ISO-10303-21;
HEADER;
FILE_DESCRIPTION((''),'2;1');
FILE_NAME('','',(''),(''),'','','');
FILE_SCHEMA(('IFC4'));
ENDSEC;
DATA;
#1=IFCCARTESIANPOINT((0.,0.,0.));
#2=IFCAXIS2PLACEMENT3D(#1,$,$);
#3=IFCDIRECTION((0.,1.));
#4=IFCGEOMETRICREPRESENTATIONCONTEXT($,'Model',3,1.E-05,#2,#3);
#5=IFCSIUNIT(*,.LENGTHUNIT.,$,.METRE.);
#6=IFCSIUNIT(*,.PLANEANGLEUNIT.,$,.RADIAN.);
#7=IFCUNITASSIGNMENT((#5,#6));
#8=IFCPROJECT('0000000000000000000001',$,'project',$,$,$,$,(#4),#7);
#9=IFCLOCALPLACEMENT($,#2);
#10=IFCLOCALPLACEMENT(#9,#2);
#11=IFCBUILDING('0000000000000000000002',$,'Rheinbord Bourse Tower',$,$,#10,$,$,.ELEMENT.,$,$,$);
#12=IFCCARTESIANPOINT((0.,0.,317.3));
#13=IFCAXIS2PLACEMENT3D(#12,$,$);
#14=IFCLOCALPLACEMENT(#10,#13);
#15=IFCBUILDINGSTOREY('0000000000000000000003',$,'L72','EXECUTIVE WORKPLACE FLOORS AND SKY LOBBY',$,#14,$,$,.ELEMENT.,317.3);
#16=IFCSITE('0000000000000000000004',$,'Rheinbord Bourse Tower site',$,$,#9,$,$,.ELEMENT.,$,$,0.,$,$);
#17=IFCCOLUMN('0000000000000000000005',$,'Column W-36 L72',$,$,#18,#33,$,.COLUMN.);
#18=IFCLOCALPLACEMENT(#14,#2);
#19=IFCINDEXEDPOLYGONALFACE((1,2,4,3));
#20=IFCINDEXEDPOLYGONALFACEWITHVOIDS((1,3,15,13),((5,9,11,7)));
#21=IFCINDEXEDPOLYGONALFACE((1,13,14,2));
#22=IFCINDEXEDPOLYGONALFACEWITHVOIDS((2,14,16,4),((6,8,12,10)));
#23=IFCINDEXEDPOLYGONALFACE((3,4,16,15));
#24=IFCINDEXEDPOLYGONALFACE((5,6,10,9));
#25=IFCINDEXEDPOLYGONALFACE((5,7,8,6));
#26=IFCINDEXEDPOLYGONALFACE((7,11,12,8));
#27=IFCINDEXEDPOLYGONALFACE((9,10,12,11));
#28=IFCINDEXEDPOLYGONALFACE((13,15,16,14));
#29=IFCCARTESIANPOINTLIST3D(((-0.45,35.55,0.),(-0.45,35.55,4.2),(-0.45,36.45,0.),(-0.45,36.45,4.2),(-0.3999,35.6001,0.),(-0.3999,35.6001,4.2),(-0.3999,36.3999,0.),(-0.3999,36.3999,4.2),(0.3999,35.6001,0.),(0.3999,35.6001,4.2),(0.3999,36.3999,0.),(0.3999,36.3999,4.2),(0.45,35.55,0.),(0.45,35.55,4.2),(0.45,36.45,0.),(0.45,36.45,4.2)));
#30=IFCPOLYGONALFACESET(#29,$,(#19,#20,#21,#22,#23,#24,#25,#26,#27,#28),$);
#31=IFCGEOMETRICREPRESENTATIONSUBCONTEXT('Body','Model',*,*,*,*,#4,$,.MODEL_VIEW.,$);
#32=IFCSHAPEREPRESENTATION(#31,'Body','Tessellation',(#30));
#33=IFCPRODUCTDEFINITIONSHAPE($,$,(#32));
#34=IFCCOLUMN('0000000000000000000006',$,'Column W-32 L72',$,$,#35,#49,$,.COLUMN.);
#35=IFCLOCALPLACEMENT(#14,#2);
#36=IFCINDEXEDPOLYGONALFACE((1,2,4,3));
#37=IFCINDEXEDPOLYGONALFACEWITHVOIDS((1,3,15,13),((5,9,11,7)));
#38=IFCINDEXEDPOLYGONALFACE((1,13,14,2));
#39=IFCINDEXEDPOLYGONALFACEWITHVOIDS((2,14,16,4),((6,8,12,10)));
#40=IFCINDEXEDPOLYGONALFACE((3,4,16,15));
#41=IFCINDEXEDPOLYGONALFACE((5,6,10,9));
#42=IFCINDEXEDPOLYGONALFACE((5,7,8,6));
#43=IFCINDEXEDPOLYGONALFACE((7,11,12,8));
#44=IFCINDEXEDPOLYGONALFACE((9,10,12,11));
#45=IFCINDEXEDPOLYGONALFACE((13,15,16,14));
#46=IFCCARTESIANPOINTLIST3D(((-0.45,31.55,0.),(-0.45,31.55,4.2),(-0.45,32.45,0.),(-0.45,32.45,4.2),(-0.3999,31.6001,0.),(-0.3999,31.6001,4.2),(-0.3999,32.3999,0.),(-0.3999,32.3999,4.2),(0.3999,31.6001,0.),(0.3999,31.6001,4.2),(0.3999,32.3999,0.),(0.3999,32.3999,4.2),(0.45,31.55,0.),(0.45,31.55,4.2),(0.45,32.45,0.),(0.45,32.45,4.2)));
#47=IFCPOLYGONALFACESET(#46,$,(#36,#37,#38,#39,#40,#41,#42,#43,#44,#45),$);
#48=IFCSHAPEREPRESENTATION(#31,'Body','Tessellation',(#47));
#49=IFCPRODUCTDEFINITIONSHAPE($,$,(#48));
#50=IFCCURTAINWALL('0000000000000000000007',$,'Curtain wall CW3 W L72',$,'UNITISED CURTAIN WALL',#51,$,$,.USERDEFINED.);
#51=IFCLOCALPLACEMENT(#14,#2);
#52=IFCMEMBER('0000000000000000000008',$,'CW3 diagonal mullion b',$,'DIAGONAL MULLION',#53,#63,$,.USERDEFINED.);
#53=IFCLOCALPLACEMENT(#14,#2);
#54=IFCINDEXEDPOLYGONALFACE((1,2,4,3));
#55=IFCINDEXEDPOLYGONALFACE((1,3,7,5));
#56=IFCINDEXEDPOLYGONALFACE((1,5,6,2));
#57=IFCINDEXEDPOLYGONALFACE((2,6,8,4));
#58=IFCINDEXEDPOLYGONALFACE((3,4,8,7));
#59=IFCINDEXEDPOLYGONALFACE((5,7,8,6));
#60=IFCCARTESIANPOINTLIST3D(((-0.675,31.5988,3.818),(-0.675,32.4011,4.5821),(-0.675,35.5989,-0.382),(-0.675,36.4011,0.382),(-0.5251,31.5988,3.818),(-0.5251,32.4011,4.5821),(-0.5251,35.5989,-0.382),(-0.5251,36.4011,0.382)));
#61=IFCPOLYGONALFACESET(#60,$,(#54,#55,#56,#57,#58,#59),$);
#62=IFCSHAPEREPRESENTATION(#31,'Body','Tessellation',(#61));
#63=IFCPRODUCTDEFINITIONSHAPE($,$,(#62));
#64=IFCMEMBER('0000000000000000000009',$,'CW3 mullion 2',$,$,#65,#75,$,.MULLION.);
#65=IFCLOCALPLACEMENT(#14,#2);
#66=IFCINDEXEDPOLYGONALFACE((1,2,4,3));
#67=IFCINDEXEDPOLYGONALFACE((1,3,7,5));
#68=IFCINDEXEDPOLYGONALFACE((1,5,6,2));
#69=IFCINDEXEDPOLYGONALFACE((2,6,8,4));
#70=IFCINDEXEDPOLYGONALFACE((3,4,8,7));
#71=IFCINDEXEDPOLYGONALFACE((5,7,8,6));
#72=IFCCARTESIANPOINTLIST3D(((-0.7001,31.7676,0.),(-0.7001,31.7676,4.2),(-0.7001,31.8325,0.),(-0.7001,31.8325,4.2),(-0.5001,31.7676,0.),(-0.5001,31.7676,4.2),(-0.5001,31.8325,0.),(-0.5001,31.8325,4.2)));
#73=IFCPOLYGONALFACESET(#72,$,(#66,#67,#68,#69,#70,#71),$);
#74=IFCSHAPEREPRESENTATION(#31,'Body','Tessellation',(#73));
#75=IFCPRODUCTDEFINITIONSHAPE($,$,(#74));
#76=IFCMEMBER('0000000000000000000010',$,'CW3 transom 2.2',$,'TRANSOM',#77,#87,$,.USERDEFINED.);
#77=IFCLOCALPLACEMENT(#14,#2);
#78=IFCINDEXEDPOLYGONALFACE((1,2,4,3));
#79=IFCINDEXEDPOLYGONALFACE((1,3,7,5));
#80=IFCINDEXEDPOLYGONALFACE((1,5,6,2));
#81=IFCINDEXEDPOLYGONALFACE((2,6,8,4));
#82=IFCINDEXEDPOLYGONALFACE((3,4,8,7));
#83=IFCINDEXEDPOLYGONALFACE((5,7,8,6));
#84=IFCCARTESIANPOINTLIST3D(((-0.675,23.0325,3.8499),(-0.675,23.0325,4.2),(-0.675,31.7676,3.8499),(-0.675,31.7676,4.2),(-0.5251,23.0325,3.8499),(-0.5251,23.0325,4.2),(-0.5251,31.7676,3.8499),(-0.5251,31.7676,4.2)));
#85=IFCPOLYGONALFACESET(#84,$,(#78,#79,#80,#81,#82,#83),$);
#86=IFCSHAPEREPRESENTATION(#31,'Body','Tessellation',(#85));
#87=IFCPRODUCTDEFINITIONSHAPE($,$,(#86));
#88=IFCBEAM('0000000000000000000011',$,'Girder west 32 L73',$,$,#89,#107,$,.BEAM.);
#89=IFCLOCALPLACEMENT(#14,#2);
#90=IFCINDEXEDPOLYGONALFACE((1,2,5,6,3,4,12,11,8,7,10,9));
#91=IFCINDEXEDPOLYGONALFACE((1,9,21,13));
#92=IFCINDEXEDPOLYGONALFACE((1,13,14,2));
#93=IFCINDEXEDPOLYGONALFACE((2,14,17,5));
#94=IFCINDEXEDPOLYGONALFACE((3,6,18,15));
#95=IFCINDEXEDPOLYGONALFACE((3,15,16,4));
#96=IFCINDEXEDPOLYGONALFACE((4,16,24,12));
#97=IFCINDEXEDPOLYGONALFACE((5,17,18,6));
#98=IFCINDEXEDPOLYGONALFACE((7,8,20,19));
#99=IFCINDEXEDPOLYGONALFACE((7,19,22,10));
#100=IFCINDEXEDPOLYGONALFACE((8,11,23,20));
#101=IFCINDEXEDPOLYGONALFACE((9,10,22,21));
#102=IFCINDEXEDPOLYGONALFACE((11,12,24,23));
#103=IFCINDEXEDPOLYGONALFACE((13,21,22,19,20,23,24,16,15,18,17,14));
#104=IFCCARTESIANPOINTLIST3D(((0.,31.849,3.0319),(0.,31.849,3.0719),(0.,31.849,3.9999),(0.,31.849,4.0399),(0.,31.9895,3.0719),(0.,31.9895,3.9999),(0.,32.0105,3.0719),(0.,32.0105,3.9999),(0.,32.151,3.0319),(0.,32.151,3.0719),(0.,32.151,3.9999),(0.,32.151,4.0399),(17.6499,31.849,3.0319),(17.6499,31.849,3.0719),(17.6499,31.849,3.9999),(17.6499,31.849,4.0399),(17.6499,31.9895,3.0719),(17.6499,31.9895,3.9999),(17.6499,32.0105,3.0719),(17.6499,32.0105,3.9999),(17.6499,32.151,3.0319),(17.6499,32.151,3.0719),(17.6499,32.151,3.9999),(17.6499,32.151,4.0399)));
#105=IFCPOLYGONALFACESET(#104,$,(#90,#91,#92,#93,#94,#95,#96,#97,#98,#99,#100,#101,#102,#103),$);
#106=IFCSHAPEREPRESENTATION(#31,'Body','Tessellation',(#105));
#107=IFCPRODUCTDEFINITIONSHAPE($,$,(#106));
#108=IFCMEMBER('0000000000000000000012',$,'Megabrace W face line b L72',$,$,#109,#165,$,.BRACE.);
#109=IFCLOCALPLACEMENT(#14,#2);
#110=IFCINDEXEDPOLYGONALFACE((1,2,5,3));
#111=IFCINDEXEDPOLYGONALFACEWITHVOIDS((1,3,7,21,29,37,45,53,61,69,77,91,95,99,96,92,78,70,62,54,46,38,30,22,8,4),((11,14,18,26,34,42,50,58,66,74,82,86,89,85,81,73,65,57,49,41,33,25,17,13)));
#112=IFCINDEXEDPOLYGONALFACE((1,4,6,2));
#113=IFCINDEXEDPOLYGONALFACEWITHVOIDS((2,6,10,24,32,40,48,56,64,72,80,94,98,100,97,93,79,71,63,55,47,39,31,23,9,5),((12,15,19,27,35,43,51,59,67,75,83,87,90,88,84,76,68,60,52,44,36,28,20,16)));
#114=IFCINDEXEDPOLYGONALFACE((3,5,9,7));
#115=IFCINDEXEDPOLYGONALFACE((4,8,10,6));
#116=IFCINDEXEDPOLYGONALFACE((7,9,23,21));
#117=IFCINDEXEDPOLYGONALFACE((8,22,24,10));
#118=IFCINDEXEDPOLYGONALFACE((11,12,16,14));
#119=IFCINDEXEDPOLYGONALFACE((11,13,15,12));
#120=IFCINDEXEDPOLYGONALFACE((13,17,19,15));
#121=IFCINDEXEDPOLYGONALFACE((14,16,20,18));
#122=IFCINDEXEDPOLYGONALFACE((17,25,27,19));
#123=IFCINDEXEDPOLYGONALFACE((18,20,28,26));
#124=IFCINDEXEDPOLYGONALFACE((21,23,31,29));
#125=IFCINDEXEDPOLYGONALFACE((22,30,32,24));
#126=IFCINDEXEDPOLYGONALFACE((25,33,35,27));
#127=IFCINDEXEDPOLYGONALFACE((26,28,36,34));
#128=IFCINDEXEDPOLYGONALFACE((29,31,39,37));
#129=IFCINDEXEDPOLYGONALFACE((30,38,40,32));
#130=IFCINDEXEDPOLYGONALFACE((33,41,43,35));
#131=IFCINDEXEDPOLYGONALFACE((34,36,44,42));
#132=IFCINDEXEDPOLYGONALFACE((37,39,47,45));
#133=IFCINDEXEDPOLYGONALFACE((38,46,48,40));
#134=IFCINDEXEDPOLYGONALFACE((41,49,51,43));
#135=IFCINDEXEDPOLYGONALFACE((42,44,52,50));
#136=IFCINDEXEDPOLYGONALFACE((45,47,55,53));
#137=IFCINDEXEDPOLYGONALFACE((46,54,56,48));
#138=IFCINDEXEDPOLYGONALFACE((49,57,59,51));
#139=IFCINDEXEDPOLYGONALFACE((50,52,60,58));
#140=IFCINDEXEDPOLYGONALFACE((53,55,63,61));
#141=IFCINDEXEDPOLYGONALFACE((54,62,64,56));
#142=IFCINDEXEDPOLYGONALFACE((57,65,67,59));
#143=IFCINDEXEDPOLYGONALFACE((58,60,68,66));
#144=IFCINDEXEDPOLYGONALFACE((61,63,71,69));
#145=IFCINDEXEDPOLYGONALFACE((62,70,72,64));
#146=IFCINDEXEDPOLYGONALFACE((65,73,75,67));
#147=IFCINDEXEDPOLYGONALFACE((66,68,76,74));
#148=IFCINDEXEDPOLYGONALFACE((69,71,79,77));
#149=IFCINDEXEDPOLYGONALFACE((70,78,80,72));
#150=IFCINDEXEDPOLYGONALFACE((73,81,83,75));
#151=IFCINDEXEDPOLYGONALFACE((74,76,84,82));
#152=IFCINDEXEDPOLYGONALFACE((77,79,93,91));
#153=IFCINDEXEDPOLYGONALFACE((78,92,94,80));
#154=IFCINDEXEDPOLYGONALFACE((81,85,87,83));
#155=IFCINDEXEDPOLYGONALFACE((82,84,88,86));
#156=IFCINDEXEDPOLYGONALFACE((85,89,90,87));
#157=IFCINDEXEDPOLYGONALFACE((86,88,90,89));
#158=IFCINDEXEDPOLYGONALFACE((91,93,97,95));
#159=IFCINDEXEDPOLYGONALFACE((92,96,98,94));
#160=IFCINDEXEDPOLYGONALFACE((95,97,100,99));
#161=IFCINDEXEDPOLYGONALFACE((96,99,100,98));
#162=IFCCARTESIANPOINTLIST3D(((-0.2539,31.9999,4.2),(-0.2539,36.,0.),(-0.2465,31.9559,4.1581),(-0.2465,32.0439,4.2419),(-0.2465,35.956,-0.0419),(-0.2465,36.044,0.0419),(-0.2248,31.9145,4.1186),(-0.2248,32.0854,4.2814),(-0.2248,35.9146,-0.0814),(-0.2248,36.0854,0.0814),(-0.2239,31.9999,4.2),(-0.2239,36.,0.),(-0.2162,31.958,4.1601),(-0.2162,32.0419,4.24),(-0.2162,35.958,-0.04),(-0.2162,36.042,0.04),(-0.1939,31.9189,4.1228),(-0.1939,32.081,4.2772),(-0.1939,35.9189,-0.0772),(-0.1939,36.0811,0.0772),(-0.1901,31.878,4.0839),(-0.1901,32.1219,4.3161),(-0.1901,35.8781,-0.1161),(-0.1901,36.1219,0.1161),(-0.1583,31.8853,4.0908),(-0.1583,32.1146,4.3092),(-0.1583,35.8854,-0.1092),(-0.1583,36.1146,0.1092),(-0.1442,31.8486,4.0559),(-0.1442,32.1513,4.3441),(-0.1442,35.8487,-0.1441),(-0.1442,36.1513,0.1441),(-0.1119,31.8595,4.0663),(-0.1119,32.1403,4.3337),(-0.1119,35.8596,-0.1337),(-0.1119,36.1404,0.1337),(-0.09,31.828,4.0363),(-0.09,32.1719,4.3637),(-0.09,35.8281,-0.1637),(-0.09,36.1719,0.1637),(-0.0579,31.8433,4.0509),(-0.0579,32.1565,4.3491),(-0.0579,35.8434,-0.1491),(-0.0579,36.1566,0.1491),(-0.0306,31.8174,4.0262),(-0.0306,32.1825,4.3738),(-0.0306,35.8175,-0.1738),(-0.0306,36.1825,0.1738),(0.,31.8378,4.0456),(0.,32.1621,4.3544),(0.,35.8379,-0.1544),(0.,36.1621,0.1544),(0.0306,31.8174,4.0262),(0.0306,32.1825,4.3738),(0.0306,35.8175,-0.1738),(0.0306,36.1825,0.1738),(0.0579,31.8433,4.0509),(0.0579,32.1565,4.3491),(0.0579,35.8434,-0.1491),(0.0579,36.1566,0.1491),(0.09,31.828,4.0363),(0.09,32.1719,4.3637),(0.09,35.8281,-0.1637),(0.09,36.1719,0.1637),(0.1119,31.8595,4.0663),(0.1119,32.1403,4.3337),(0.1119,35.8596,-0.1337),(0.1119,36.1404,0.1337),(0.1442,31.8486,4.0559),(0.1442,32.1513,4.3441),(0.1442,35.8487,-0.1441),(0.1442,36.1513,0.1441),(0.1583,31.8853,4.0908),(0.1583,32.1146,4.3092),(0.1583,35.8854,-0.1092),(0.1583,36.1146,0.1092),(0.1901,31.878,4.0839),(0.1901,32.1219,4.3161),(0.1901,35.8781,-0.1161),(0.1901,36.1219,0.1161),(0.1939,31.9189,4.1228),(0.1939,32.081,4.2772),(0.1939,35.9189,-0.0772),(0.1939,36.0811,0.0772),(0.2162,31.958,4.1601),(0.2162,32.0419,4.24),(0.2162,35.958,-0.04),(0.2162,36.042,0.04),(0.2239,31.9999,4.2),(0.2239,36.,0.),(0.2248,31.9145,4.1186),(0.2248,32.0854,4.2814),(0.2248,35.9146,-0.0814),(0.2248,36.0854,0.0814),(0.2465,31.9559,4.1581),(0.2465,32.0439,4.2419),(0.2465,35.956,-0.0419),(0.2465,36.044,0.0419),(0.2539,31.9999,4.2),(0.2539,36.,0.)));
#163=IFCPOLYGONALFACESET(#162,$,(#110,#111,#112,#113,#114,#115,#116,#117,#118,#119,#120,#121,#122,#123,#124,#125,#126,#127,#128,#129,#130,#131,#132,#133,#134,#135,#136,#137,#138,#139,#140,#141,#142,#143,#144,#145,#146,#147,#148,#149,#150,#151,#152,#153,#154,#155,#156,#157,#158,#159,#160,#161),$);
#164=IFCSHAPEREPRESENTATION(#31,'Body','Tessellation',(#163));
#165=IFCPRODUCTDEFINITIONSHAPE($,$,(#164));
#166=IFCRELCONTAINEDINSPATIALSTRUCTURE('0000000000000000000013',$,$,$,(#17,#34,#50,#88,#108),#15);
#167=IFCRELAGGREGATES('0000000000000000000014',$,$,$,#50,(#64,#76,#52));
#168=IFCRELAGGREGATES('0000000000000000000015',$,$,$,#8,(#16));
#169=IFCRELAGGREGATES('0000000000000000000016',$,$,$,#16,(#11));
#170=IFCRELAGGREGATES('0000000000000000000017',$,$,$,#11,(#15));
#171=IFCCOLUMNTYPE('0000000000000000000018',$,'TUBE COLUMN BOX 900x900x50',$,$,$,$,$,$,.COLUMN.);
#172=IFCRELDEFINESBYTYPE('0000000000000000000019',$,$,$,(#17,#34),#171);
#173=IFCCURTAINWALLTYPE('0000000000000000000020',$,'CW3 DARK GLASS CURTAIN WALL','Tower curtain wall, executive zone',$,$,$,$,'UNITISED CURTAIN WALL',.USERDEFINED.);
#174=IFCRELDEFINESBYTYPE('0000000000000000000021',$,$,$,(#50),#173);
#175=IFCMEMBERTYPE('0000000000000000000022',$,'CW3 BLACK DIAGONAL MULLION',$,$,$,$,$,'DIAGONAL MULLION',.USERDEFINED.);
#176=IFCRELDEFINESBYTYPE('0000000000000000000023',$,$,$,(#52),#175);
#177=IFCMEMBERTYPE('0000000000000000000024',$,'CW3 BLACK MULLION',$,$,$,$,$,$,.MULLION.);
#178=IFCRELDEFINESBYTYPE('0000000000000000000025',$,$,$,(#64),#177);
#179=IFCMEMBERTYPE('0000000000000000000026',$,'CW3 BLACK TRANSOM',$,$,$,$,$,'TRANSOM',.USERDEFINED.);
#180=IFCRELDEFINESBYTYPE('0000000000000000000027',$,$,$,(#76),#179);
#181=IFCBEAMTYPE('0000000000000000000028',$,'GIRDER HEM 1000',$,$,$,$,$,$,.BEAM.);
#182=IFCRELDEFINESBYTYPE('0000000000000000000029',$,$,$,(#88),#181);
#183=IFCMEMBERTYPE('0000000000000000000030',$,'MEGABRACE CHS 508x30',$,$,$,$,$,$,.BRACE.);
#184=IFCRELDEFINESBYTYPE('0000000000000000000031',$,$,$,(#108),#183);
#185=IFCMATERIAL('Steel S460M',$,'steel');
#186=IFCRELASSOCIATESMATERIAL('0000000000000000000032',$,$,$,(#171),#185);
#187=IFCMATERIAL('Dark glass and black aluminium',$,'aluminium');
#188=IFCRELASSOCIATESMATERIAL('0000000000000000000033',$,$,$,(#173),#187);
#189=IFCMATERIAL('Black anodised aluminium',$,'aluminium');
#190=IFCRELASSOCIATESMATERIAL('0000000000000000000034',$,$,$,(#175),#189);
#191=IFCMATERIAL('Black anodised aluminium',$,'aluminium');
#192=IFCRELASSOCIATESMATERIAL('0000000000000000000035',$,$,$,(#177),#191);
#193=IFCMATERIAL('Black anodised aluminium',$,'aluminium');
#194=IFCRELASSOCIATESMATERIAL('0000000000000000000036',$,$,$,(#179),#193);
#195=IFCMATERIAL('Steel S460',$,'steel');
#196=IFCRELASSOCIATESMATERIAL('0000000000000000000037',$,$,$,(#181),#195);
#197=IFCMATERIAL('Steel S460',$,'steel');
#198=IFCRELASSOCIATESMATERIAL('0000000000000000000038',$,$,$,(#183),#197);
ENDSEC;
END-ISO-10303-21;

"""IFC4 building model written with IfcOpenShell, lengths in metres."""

from ifc_helpers import new_model, si_unit, direction, frame, origin, origin_2d, place, context, subcontext, project, spatial, rectangle, hollow_rectangle, hollow_circle, i_section, extrude, material, material_profile, profile_set, type_object, element, aggregate, save


model = new_model("IFC4")

# Units and contexts
model_context = context("Model", 3, precision=1e-05, world=origin(), true_north=direction((0.0, 1.0)))
body_context = subcontext(model_context, "Body", "Model", "MODEL_VIEW")
ifc_project = project(units=[si_unit("LENGTHUNIT", "METRE"), si_unit("PLANEANGLEUNIT", "RADIAN")], contexts=[model_context])

# Site, building, storey
site_placement = place(None, origin())
site = spatial("IfcSite", under=ifc_project, at=site_placement, Name="Rheinbord Bourse Tower site", CompositionType="ELEMENT", RefElevation=0.0)
building_placement = place(site_placement, origin())
building = spatial("IfcBuilding", under=site, at=building_placement, Name="Rheinbord Bourse Tower", CompositionType="ELEMENT")
storey_placement = place(building_placement, frame((0.0, 0.0, 317.3)))
storey = spatial("IfcBuildingStorey", under=building, at=storey_placement, Name="L72", Description="EXECUTIVE WORKPLACE FLOORS AND SKY LOBBY", CompositionType="ELEMENT", Elevation=317.3)

# Columns
ifc_material_1 = material(Name="Steel S460M", Category="steel")
ifc_material_profile_1 = material_profile(ifc_material_1, hollow_rectangle(XDim=0.8999, YDim=0.8999, WallThickness=0.05, at=origin_2d()), Name="BOX 900x900x50")
ifc_profile_set_1 = profile_set([ifc_material_profile_1], Name="Steel S460M")
column_type = type_object("IfcColumnType", Name="TUBE COLUMN BOX 900x900x50", PredefinedType="COLUMN", material=ifc_profile_set_1)
for number, where, z_axis, x_axis, name in (
    (1, (0.0, 36.0, 0.0), (0.0, 0.0, 1.0), (1.0, 0.0, 0.0), "Column W-36 L72"),
    (2, (0.0, 32.0, 0.0), (0.0, 0.0, 1.0), (1.0, 0.0, 0.0), "Column W-32 L72"),
):
    element("IfcColumn", number, at=place(storey_placement, frame(where, z_axis=z_axis, x_axis=x_axis)), inside=storey, type_object=column_type, Name=name, PredefinedType="COLUMN", context=body_context, shape_type="SweptSolid", body=[
        extrude(hollow_rectangle(XDim=0.8999, YDim=0.8999, WallThickness=0.05, at=origin_2d()), origin(), (0.0, 0.0, 1.0), 4.2),
    ])

# Curtain wall, members
ifc_material_2 = material(Name="Dark glass and black aluminium", Category="aluminium")
curtain_wall_type = type_object("IfcCurtainWallType", Name="CW3 DARK GLASS CURTAIN WALL", Description="Tower curtain wall, executive zone", ElementType="UNITISED CURTAIN WALL", PredefinedType="USERDEFINED", material=ifc_material_2)
curtain_wall_placement = place(storey_placement, origin())
curtain_wall = element("IfcCurtainWall", 3, at=curtain_wall_placement, inside=storey, type_object=curtain_wall_type, Name="Curtain wall CW3 W L72", ObjectType="UNITISED CURTAIN WALL", PredefinedType="USERDEFINED")
ifc_material_3 = material(Name="Black anodised aluminium", Category="aluminium")
ifc_material_profile_2 = material_profile(ifc_material_3, rectangle(XDim=0.1499, YDim=1.1079, at=origin_2d()), Name="CW3 DIAGONAL MULLION 1108x150")
ifc_profile_set_2 = profile_set([ifc_material_profile_2], Name="Black anodised aluminium")
member_type_1 = type_object("IfcMemberType", Name="CW3 BLACK DIAGONAL MULLION", ElementType="DIAGONAL MULLION", PredefinedType="USERDEFINED", material=ifc_profile_set_2)
member_1_placement = place(storey_placement, frame((-0.6001, 36.0, 0.0), z_axis=(0.0, -0.689659, 0.724134), x_axis=(1.0, 0.0, 0.0)))
member_1 = element("IfcMember", 4, at=member_1_placement, type_object=member_type_1, Name="CW3 diagonal mullion b", ObjectType="DIAGONAL MULLION", PredefinedType="USERDEFINED", context=body_context, shape_type="SweptSolid", body=[
    extrude(rectangle(XDim=0.1499, YDim=1.1079, at=origin_2d()), origin(), (0.0, 0.0, 1.0), 5.8),
])
ifc_material_4 = material(Name="Black anodised aluminium", Category="aluminium")
ifc_material_profile_3 = material_profile(ifc_material_4, rectangle(XDim=0.2, YDim=0.0649, at=origin_2d()), Name="CW3 MULLION 65x200")
ifc_profile_set_3 = profile_set([ifc_material_profile_3], Name="Black anodised aluminium")
member_type_2 = type_object("IfcMemberType", Name="CW3 BLACK MULLION", PredefinedType="MULLION", material=ifc_profile_set_3)
member_2_placement = place(storey_placement, frame((-0.6001, 31.8, 0.0), z_axis=(0.0, 0.0, 1.0), x_axis=(1.0, 0.0, 0.0)))
member_2 = element("IfcMember", 5, at=member_2_placement, type_object=member_type_2, Name="CW3 mullion 2", PredefinedType="MULLION", context=body_context, shape_type="SweptSolid", body=[
    extrude(rectangle(XDim=0.2, YDim=0.0649, at=origin_2d()), origin(), (0.0, 0.0, 1.0), 4.2),
])
ifc_material_5 = material(Name="Black anodised aluminium", Category="aluminium")
ifc_material_profile_4 = material_profile(ifc_material_5, rectangle(XDim=0.1499, YDim=0.3501, at=origin_2d()), Name="CW3 TRANSOM 350x150")
ifc_profile_set_4 = profile_set([ifc_material_profile_4], Name="Black anodised aluminium")
member_type_3 = type_object("IfcMemberType", Name="CW3 BLACK TRANSOM", ElementType="TRANSOM", PredefinedType="USERDEFINED", material=ifc_profile_set_4)
member_3_placement = place(storey_placement, frame((-0.6001, 31.7676, 4.0249), z_axis=(0.0, -1.0, 0.0), x_axis=(1.0, 0.0, 0.0)))
member_3 = element("IfcMember", 6, at=member_3_placement, type_object=member_type_3, Name="CW3 transom 2.2", ObjectType="TRANSOM", PredefinedType="USERDEFINED", context=body_context, shape_type="SweptSolid", body=[
    extrude(rectangle(XDim=0.1499, YDim=0.3501, at=origin_2d()), origin(), (0.0, 0.0, 1.0), 8.7351),
])

# Beam
ifc_material_6 = material(Name="Steel S460", Category="steel")
ifc_material_profile_5 = material_profile(ifc_material_6, i_section(OverallWidth=0.302, OverallDepth=1.0081, WebThickness=0.021, FlangeThickness=0.04, at=origin_2d()), Name="HEM 1000")
ifc_profile_set_5 = profile_set([ifc_material_profile_5], Name="Steel S460")
beam_type_1 = type_object("IfcBeamType", Name="GIRDER HEM 1000", PredefinedType="BEAM", material=ifc_profile_set_5)
beam_placement = place(storey_placement, frame((0.0, 32.0, 3.5359), z_axis=(1.0, 0.0, 0.0), x_axis=(0.0, 1.0, 0.0)))
element("IfcBeam", 7, at=beam_placement, inside=storey, type_object=beam_type_1, Name="Girder west 32 L73", PredefinedType="BEAM", context=body_context, shape_type="SweptSolid", body=[
    extrude(i_section(OverallWidth=0.302, OverallDepth=1.0081, WebThickness=0.021, FlangeThickness=0.04, at=origin_2d()), origin(), (0.0, 0.0, 1.0), 17.6499),
])

# Member
ifc_material_7 = material(Name="Steel S460", Category="steel")
ifc_material_profile_6 = material_profile(ifc_material_7, hollow_circle(Radius=0.2539, WallThickness=0.03, at=origin_2d()), Name="CHS 508x30")
ifc_profile_set_6 = profile_set([ifc_material_profile_6], Name="Steel S460")
member_type_4 = type_object("IfcMemberType", Name="MEGABRACE CHS 508x30", PredefinedType="BRACE", material=ifc_profile_set_6)
member_4_placement = place(storey_placement, frame((0.0, 36.0, 0.0), z_axis=(0.0, -0.689659, 0.724134), x_axis=(1.0, 0.0, 0.0)))
element("IfcMember", 8, at=member_4_placement, inside=storey, type_object=member_type_4, Name="Megabrace W face line b L72", PredefinedType="BRACE", context=body_context, shape_type="SweptSolid", body=[
    extrude(hollow_circle(Radius=0.2539, WallThickness=0.03, at=origin_2d()), origin(), (0.0, 0.0, 1.0), 5.8),
])

aggregate(curtain_wall, [member_2, member_3, member_1])

save(model, "model.ifc")
